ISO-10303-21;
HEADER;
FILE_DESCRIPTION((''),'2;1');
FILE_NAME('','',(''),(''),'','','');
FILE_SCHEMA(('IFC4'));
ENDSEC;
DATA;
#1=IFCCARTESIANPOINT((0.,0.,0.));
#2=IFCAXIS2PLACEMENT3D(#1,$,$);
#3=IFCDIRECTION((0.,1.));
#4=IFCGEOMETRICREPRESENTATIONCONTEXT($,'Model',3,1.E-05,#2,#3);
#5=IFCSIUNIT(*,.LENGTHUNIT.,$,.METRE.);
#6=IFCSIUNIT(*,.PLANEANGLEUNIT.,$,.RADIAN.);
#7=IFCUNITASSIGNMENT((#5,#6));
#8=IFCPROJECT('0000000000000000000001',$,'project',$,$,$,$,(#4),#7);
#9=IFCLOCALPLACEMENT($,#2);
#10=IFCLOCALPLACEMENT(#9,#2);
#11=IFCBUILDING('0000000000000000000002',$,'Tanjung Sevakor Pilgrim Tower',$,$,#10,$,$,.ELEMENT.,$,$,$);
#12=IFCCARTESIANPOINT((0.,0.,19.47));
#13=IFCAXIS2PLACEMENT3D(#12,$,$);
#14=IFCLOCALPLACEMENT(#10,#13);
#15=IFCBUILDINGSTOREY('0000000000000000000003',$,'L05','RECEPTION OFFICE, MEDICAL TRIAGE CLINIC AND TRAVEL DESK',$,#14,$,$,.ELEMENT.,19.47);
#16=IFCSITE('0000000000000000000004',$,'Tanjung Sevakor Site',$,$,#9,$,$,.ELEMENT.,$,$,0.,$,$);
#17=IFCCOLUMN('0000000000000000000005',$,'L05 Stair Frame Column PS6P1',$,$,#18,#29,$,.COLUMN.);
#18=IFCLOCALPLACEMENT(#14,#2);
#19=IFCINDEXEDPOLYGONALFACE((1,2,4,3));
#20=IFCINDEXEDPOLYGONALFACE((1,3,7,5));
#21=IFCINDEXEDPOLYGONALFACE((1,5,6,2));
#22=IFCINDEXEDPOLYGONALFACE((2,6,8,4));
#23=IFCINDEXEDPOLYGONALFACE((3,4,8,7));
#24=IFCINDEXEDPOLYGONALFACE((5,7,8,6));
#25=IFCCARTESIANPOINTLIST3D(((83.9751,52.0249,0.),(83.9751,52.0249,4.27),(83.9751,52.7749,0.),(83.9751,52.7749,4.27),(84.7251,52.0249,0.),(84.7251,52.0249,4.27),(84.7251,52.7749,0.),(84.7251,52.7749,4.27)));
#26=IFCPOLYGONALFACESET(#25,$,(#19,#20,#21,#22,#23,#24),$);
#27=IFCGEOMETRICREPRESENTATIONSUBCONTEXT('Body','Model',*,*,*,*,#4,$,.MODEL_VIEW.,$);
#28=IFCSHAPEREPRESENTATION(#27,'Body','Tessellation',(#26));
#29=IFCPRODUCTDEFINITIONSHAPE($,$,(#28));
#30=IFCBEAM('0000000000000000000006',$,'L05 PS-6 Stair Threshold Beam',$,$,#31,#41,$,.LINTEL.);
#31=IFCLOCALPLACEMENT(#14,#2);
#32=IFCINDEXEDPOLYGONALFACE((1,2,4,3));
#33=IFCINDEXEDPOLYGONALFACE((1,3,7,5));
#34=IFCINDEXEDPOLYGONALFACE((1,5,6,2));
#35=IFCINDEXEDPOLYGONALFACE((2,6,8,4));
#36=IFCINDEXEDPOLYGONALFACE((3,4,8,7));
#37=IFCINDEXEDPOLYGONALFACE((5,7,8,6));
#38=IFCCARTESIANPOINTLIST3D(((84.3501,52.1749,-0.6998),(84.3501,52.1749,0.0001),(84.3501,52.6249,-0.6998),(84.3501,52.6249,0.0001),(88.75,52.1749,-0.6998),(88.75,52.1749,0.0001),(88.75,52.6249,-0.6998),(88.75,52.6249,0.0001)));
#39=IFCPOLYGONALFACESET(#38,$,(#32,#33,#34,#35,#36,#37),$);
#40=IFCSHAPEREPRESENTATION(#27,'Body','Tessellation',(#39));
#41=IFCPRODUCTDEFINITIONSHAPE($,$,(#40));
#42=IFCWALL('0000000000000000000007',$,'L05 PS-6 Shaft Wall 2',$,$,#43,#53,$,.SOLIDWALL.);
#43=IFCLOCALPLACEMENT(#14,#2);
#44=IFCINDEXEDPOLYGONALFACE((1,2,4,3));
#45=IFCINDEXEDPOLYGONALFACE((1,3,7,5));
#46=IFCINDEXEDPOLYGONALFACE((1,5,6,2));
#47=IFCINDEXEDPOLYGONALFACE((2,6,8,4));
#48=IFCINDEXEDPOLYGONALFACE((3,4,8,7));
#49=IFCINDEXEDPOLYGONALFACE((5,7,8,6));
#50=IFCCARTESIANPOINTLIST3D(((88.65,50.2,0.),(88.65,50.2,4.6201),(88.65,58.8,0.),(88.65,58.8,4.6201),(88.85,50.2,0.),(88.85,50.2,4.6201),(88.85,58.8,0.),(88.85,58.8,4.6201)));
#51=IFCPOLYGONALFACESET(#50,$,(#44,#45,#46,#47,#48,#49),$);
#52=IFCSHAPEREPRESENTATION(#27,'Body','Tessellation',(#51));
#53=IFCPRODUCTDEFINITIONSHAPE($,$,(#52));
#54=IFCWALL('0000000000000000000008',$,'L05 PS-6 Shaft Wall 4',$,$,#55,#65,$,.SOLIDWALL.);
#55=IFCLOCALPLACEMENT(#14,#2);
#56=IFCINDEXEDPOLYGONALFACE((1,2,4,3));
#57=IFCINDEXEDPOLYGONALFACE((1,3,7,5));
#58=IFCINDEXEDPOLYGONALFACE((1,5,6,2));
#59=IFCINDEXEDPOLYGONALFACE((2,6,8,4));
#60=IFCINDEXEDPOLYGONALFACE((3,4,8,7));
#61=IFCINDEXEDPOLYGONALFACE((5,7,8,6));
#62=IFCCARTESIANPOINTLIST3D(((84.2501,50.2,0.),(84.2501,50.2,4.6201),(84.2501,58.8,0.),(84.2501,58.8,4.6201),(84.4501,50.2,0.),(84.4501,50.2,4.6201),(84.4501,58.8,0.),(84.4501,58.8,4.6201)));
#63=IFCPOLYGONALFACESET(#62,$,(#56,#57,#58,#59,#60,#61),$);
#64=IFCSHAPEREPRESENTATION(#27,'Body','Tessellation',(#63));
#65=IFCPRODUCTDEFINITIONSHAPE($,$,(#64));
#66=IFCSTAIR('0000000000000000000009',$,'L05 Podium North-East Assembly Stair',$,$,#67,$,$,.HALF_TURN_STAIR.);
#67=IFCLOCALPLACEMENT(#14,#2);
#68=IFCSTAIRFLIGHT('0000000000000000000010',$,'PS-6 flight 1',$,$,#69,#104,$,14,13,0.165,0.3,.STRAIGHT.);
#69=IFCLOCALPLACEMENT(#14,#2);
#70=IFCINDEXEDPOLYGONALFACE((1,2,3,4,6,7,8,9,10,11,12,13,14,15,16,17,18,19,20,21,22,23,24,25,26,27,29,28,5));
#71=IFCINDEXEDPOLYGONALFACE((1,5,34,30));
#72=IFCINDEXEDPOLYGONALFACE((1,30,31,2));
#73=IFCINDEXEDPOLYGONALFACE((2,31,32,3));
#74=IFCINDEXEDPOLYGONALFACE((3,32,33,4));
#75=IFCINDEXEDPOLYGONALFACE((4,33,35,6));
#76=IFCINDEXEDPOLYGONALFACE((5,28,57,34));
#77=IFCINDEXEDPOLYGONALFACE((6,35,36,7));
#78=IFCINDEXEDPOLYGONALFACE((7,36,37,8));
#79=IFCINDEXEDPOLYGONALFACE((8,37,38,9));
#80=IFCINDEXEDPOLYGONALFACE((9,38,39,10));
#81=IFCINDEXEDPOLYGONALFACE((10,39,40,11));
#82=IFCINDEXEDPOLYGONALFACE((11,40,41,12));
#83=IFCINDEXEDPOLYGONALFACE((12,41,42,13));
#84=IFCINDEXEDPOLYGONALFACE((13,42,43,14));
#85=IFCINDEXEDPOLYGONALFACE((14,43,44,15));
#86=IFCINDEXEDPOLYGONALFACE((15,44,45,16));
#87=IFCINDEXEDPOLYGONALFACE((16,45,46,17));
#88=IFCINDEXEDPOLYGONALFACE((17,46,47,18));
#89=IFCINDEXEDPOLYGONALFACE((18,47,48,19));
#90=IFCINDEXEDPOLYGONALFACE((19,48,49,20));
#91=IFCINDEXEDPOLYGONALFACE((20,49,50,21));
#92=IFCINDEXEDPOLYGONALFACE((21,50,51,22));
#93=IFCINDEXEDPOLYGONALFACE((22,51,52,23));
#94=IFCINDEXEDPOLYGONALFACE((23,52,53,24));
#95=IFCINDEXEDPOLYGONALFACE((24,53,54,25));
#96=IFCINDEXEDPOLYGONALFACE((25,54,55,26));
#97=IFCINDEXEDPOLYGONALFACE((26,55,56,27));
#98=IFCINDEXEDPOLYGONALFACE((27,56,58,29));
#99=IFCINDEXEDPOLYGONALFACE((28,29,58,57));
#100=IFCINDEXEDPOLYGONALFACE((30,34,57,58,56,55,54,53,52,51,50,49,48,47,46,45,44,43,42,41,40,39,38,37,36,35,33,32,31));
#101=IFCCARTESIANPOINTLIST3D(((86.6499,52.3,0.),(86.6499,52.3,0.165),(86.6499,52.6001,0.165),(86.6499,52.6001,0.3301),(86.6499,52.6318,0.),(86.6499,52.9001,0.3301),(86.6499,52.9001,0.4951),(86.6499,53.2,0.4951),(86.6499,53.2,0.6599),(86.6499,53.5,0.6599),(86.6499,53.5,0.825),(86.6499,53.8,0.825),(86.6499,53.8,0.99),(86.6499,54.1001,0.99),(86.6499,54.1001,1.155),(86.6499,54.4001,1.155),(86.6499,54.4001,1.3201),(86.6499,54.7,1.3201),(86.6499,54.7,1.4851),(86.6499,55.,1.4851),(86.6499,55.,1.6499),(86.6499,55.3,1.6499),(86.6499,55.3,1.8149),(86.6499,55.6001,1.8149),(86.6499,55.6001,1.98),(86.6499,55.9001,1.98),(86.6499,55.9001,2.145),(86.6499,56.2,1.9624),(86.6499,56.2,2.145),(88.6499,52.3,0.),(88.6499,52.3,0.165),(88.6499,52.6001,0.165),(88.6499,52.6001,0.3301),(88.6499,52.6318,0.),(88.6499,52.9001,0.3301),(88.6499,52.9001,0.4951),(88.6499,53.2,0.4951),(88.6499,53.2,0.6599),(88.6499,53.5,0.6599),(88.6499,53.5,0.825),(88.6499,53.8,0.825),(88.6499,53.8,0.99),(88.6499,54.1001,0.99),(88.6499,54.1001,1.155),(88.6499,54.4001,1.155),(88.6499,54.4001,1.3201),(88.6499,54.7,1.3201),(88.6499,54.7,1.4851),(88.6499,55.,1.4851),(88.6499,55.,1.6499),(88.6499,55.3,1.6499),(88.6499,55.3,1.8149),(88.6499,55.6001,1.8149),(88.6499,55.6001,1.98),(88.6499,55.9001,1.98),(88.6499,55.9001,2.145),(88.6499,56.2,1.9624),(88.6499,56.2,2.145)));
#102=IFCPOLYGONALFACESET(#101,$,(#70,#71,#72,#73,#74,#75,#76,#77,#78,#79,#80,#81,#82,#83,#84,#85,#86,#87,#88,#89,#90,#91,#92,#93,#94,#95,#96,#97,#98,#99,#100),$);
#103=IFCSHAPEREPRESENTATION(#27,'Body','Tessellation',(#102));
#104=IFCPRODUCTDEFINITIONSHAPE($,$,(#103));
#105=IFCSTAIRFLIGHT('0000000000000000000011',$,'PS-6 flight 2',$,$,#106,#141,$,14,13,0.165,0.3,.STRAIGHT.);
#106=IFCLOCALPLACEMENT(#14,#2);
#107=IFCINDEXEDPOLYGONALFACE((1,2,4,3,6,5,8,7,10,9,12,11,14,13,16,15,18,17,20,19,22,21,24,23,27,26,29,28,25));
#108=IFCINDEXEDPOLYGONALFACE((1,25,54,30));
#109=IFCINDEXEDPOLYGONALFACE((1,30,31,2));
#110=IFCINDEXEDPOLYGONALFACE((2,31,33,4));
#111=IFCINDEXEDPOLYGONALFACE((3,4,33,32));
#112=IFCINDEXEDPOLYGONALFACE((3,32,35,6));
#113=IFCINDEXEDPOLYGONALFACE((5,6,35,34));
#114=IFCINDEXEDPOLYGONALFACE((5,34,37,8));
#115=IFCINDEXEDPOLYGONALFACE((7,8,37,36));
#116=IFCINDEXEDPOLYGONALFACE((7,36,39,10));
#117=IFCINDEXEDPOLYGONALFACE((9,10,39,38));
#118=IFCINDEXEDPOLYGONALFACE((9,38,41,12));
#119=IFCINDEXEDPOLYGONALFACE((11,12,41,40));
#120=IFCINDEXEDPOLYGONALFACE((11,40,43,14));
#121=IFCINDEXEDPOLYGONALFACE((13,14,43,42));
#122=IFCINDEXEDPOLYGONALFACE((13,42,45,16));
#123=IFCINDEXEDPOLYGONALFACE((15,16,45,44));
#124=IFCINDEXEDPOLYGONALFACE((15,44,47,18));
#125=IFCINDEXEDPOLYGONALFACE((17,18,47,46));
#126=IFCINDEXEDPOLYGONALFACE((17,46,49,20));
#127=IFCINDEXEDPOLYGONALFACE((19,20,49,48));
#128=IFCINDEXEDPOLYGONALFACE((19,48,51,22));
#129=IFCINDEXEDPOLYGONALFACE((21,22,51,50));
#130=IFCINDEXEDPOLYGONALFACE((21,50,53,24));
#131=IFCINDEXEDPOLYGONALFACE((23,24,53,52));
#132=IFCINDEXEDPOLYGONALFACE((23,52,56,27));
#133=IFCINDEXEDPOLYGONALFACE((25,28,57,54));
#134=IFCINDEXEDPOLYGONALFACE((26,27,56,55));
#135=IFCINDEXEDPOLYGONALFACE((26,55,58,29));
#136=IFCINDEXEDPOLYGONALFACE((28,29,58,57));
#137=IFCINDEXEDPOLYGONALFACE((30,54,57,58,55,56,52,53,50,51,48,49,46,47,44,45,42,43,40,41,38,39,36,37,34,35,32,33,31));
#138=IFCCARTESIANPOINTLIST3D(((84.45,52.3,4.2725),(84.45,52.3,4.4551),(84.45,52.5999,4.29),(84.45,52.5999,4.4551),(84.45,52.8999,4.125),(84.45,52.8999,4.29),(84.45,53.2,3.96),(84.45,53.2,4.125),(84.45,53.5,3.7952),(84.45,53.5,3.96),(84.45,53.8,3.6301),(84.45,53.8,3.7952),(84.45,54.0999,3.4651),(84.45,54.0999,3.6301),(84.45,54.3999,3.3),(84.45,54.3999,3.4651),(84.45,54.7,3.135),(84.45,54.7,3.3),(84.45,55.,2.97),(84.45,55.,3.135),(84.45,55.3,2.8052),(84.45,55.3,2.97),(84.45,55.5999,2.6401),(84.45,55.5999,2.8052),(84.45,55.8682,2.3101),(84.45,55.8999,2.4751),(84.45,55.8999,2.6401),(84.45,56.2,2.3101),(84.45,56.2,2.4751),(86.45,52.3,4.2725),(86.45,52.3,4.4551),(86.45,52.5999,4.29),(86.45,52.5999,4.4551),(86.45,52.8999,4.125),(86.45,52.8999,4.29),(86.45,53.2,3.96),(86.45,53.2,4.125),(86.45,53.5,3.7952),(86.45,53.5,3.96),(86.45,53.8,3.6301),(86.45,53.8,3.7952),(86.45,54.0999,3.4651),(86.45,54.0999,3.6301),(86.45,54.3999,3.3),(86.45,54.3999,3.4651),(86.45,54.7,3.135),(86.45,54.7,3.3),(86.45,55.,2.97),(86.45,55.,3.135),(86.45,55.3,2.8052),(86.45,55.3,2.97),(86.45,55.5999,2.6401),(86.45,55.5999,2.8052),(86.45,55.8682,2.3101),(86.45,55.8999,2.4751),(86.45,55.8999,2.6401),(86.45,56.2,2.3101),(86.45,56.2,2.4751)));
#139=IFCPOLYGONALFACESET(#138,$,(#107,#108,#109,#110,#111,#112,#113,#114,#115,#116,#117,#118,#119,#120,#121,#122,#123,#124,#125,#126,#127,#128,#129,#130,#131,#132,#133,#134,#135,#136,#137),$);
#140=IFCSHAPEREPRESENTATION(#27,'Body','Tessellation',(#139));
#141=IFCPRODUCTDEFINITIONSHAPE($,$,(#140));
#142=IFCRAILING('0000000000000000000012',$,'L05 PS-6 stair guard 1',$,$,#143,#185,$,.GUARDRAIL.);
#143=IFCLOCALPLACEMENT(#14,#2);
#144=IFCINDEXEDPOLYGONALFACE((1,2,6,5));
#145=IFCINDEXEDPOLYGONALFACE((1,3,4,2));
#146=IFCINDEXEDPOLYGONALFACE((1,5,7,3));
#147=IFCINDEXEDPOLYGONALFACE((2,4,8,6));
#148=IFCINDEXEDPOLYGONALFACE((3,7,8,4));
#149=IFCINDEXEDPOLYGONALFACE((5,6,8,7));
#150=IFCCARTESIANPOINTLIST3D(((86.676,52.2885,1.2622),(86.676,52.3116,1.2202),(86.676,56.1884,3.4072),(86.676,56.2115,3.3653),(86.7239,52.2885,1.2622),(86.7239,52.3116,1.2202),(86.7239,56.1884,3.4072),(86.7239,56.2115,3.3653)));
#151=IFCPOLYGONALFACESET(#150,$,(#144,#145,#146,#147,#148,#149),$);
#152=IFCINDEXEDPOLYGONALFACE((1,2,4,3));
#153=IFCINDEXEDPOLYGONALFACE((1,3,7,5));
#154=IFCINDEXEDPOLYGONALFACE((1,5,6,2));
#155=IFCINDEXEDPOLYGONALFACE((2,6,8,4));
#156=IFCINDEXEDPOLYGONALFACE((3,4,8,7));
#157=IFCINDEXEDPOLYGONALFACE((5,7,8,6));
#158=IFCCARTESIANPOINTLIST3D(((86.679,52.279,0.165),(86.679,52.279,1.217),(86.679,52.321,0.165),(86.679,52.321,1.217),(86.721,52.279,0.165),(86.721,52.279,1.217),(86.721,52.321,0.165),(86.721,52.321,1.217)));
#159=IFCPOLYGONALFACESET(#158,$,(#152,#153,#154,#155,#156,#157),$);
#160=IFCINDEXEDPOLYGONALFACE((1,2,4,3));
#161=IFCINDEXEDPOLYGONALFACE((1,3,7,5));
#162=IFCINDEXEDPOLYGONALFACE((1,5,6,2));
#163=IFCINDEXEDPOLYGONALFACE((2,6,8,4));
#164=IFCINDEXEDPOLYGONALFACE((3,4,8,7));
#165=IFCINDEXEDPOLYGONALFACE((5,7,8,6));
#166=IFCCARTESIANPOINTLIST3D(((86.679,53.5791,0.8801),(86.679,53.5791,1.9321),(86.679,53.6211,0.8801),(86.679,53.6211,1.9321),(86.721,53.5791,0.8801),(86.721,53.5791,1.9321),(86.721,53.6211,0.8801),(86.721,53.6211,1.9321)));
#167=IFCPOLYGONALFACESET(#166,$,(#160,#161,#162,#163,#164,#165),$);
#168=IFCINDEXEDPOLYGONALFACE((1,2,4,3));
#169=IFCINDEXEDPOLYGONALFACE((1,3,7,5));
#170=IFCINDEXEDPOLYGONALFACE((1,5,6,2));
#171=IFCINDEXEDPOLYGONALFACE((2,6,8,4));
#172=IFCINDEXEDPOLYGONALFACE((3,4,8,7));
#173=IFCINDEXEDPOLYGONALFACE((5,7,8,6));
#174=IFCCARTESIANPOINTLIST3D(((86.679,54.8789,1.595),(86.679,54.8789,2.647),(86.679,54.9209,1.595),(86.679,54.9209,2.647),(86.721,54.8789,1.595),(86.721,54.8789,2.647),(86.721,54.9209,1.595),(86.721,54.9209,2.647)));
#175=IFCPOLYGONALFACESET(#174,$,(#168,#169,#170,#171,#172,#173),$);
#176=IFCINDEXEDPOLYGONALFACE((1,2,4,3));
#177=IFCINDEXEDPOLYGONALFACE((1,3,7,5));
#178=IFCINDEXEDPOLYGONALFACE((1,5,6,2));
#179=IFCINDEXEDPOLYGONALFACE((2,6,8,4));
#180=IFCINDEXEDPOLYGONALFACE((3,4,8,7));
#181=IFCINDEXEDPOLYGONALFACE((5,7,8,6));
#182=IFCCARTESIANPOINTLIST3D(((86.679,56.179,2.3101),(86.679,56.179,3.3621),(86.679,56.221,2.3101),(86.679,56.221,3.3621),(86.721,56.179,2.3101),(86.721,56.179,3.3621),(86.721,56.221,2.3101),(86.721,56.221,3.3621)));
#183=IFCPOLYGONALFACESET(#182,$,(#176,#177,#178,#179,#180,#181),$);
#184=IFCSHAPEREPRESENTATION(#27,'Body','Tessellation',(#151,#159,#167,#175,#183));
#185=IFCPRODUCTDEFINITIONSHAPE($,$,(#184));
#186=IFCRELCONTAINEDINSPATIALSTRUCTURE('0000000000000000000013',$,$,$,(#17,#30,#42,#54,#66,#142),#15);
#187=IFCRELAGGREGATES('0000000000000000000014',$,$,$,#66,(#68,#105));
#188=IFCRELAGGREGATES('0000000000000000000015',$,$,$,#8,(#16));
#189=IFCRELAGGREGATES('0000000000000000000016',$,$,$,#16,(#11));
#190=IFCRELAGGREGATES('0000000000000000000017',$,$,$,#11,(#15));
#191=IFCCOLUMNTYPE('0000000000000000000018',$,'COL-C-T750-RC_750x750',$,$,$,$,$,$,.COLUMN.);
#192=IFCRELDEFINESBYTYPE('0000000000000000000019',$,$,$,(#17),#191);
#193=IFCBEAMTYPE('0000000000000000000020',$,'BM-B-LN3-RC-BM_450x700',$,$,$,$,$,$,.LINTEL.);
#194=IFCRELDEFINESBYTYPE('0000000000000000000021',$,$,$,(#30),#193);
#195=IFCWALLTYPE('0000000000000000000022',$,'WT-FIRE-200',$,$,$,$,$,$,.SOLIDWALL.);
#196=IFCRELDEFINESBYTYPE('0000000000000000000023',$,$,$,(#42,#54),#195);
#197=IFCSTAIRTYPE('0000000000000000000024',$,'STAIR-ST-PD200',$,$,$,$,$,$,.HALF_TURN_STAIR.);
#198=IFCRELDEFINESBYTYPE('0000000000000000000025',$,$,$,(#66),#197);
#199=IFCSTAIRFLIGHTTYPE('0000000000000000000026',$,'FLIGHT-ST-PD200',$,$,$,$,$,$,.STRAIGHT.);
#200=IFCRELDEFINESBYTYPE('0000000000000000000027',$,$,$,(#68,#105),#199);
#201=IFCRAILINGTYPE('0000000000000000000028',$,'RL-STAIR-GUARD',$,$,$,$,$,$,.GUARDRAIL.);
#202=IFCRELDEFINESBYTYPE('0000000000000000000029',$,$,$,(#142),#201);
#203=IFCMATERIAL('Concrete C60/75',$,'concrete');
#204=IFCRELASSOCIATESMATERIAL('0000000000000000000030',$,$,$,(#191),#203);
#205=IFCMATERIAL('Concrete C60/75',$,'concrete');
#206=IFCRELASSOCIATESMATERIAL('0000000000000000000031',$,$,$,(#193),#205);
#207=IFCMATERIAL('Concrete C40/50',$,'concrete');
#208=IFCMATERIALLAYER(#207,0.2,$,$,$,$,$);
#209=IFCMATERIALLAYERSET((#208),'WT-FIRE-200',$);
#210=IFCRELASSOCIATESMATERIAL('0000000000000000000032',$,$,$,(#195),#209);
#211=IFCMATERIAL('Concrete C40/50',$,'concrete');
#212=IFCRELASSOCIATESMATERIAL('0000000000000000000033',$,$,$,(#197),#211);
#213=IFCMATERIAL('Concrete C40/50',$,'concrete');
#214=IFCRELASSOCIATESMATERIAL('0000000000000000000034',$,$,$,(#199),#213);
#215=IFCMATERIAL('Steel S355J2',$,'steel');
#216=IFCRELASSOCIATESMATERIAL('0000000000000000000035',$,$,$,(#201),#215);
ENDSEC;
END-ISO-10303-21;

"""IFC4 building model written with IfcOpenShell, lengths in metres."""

from ifc_helpers import new_model, si_unit, direction, frame, frame_2d, origin, origin_2d, place, context, subcontext, project, spatial, polyline, rectangle, outline, extrude, material, layer, layer_set, material_profile, profile_set, type_object, element, aggregate, save


model = new_model("IFC4")

# Units and contexts
model_context = context("Model", 3, precision=1e-05, world=origin(), true_north=direction((0.0, 1.0)))
body_context = subcontext(model_context, "Body", "Model", "MODEL_VIEW")
ifc_project = project(units=[si_unit("LENGTHUNIT", "METRE"), si_unit("PLANEANGLEUNIT", "RADIAN")], contexts=[model_context])

# Site, building, storey
site_placement = place(None, origin())
site = spatial("IfcSite", under=ifc_project, at=site_placement, Name="Tanjung Sevakor Site", CompositionType="ELEMENT", RefElevation=0.0)
building_placement = place(site_placement, origin())
building = spatial("IfcBuilding", under=site, at=building_placement, Name="Tanjung Sevakor Pilgrim Tower", CompositionType="ELEMENT")
storey_placement = place(building_placement, frame((0.0, 0.0, 19.47)))
storey = spatial("IfcBuildingStorey", under=building, at=storey_placement, Name="L05", Description="RECEPTION OFFICE, MEDICAL TRIAGE CLINIC AND TRAVEL DESK", CompositionType="ELEMENT", Elevation=19.47)

# Column
ifc_material_1 = material(Name="Concrete C60/75", Category="concrete")
ifc_material_profile_1 = material_profile(ifc_material_1, rectangle(XDim=0.75, YDim=0.75, at=origin_2d()))
ifc_profile_set_1 = profile_set([ifc_material_profile_1], Name="Concrete C60/75")
column_type = type_object("IfcColumnType", Name="COL-C-T750-RC_750x750", PredefinedType="COLUMN", material=ifc_profile_set_1)
column_placement = place(storey_placement, frame((84.3501, 52.3999, 0.0), z_axis=(0.0, 0.0, 1.0), x_axis=(1.0, 0.0, 0.0)))
element("IfcColumn", 1, at=column_placement, inside=storey, type_object=column_type, Name="L05 Stair Frame Column PS6P1", PredefinedType="COLUMN", context=body_context, shape_type="SweptSolid", body=[
    extrude(rectangle(XDim=0.75, YDim=0.75, at=origin_2d()), origin(), (0.0, 0.0, 1.0), 4.27),
])

# Beam
ifc_material_2 = material(Name="Concrete C60/75", Category="concrete")
ifc_material_profile_2 = material_profile(ifc_material_2, rectangle(XDim=0.45, YDim=0.7, at=origin_2d()))
ifc_profile_set_2 = profile_set([ifc_material_profile_2], Name="Concrete C60/75")
beam_type = type_object("IfcBeamType", Name="BM-B-LN3-RC-BM_450x700", PredefinedType="LINTEL", material=ifc_profile_set_2)
beam_placement = place(storey_placement, frame((84.3501, 52.3999, -0.3499), z_axis=(1.0, 0.0, 0.0), x_axis=(0.0, 1.0, 0.0)))
element("IfcBeam", 2, at=beam_placement, inside=storey, type_object=beam_type, Name="L05 PS-6 Stair Threshold Beam", PredefinedType="LINTEL", context=body_context, shape_type="SweptSolid", body=[
    extrude(rectangle(XDim=0.45, YDim=0.7, at=origin_2d()), origin(), (0.0, 0.0, 1.0), 4.3999),
])

# Shared definitions
ifc_material_3 = material(Name="Concrete C40/50", Category="concrete")
ifc_layer = layer(ifc_material_3, 0.2)
ifc_layer_set = layer_set([ifc_layer], Name="WT-FIRE-200")
wall_type = type_object("IfcWallType", Name="WT-FIRE-200", PredefinedType="SOLIDWALL", material=ifc_layer_set)

# Walls
for number, where, z_axis, x_axis, name in (
    (3, (88.75, 50.2, 0.0), (0.0, 0.0, 1.0), (0.0, 1.0, 0.0), "L05 PS-6 Shaft Wall 2"),
    (4, (84.3501, 58.8, 0.0), (0.0, 0.0, 1.0), (0.0, -1.0, 0.0), "L05 PS-6 Shaft Wall 4"),
):
    element("IfcWall", number, at=place(storey_placement, frame(where, z_axis=z_axis, x_axis=x_axis)), inside=storey, type_object=wall_type, Name=name, PredefinedType="SOLIDWALL", context=body_context, shape_type="SweptSolid", body=[
        extrude(rectangle(XDim=8.6001, YDim=0.2, at=frame_2d((4.3, 0.0))), origin(), (0.0, 0.0, 1.0), 4.6201),
    ])

# Stair, stair flights
ifc_material_4 = material(Name="Concrete C40/50", Category="concrete")
stair_type = type_object("IfcStairType", Name="STAIR-ST-PD200", PredefinedType="HALF_TURN_STAIR", material=ifc_material_4)
stair_placement = place(storey_placement, origin())
stair = element("IfcStair", 5, at=stair_placement, inside=storey, type_object=stair_type, Name="L05 Podium North-East Assembly Stair", PredefinedType="HALF_TURN_STAIR")
ifc_material_5 = material(Name="Concrete C40/50", Category="concrete")
stair_flight_type = type_object("IfcStairFlightType", Name="FLIGHT-ST-PD200", PredefinedType="STRAIGHT", material=ifc_material_5)
stair_flight_1_placement = place(storey_placement, frame((87.6499, 52.3, 0.0), z_axis=(0.0, 0.0, 1.0), x_axis=(0.0, 1.0, 0.0)))
stair_flight_1 = element("IfcStairFlight", 6, at=stair_flight_1_placement, type_object=stair_flight_type, Name="PS-6 flight 1", NumberOfRisers=14, NumberOfTreads=13, PredefinedType="STRAIGHT", RiserHeight=0.165, TreadLength=0.3, context=body_context, shape_type="SweptSolid", body=[
    extrude(outline(polyline([(0.0, 0.0), (0.0, 0.165), (0.3, 0.165), (0.3, 0.3301), (0.6001, 0.3301), (0.6001, 0.4951), (0.8999, 0.4951), (0.8999, 0.6599), (1.2, 0.6599), (1.2, 0.825), (1.5, 0.825), (1.5, 0.99), (1.8, 0.99), (1.8, 1.155), (2.1001, 1.155), (2.1001, 1.3201), (2.3999, 1.3201), (2.3999, 1.4851), (2.7, 1.4851), (2.7, 1.6499), (3.0, 1.6499), (3.0, 1.8149), (3.3, 1.8149), (3.3, 1.98), (3.6001, 1.98), (3.6001, 2.145), (3.8999, 2.145), (3.8999, 2.3101), (3.8999, 1.9624), (0.3318, 0.0), (0.0, 0.0)])), frame((0.0, 1.0, 0.0), z_axis=(0.0, -1.0, 0.0), x_axis=(1.0, 0.0, 0.0)), (0.0, 0.0, 1.0), 2.0),
])
stair_flight_2_placement = place(storey_placement, frame((85.45, 56.2, 2.3101), z_axis=(0.0, 0.0, 1.0), x_axis=(0.0, -1.0, 0.0)))
stair_flight_2 = element("IfcStairFlight", 7, at=stair_flight_2_placement, type_object=stair_flight_type, Name="PS-6 flight 2", NumberOfRisers=14, NumberOfTreads=13, PredefinedType="STRAIGHT", RiserHeight=0.165, TreadLength=0.3, context=body_context, shape_type="SweptSolid", body=[
    extrude(outline(polyline([(0.0, 0.0), (0.0, 0.165), (0.3, 0.165), (0.3, 0.3301), (0.6001, 0.3301), (0.6001, 0.4951), (0.8999, 0.4951), (0.8999, 0.6599), (1.2, 0.6599), (1.2, 0.825), (1.5, 0.825), (1.5, 0.99), (1.8, 0.99), (1.8, 1.155), (2.1001, 1.155), (2.1001, 1.3201), (2.3999, 1.3201), (2.3999, 1.4851), (2.7, 1.4851), (2.7, 1.6499), (3.0, 1.6499), (3.0, 1.8149), (3.3, 1.8149), (3.3, 1.98), (3.6001, 1.98), (3.6001, 2.145), (3.8999, 2.145), (3.8999, 2.3101), (3.8999, 1.9624), (0.3318, 0.0), (0.0, 0.0)])), frame((0.0, 1.0, 0.0), z_axis=(0.0, -1.0, 0.0), x_axis=(1.0, 0.0, 0.0)), (0.0, 0.0, 1.0), 2.0),
])
aggregate(stair, [stair_flight_1, stair_flight_2])

# Railing
ifc_material_6 = material(Name="Steel S355J2", Category="steel")
railing_type_1 = type_object("IfcRailingType", Name="RL-STAIR-GUARD", PredefinedType="GUARDRAIL", material=ifc_material_6)
railing_1_placement = place(storey_placement, frame((86.7, 52.3, 0.165)))
element("IfcRailing", 8, at=railing_1_placement, inside=storey, type_object=railing_type_1, Name="L05 PS-6 stair guard 1", PredefinedType="GUARDRAIL", context=body_context, shape_type="SweptSolid", body=[
    extrude(rectangle(XDim=0.0479, YDim=0.0479), frame((0.0, 0.0, 1.0762), z_axis=(0.0, 0.876209, 0.481931), x_axis=(-1.0, 0.0, 0.0)), (0.0, 0.0, 1.0), 4.4509),
    extrude(rectangle(XDim=0.042, YDim=0.042), origin(), (0.0, 0.0, 1.0), 1.052),
    extrude(rectangle(XDim=0.042, YDim=0.042), frame((0.0, 1.3, 0.7151)), (0.0, 0.0, 1.0), 1.052),
    extrude(rectangle(XDim=0.042, YDim=0.042), frame((0.0, 2.5999, 1.4299)), (0.0, 0.0, 1.0), 1.052),
    extrude(rectangle(XDim=0.042, YDim=0.042), frame((0.0, 3.8999, 2.145)), (0.0, 0.0, 1.0), 1.052),
])

save(model, "model.ifc")
